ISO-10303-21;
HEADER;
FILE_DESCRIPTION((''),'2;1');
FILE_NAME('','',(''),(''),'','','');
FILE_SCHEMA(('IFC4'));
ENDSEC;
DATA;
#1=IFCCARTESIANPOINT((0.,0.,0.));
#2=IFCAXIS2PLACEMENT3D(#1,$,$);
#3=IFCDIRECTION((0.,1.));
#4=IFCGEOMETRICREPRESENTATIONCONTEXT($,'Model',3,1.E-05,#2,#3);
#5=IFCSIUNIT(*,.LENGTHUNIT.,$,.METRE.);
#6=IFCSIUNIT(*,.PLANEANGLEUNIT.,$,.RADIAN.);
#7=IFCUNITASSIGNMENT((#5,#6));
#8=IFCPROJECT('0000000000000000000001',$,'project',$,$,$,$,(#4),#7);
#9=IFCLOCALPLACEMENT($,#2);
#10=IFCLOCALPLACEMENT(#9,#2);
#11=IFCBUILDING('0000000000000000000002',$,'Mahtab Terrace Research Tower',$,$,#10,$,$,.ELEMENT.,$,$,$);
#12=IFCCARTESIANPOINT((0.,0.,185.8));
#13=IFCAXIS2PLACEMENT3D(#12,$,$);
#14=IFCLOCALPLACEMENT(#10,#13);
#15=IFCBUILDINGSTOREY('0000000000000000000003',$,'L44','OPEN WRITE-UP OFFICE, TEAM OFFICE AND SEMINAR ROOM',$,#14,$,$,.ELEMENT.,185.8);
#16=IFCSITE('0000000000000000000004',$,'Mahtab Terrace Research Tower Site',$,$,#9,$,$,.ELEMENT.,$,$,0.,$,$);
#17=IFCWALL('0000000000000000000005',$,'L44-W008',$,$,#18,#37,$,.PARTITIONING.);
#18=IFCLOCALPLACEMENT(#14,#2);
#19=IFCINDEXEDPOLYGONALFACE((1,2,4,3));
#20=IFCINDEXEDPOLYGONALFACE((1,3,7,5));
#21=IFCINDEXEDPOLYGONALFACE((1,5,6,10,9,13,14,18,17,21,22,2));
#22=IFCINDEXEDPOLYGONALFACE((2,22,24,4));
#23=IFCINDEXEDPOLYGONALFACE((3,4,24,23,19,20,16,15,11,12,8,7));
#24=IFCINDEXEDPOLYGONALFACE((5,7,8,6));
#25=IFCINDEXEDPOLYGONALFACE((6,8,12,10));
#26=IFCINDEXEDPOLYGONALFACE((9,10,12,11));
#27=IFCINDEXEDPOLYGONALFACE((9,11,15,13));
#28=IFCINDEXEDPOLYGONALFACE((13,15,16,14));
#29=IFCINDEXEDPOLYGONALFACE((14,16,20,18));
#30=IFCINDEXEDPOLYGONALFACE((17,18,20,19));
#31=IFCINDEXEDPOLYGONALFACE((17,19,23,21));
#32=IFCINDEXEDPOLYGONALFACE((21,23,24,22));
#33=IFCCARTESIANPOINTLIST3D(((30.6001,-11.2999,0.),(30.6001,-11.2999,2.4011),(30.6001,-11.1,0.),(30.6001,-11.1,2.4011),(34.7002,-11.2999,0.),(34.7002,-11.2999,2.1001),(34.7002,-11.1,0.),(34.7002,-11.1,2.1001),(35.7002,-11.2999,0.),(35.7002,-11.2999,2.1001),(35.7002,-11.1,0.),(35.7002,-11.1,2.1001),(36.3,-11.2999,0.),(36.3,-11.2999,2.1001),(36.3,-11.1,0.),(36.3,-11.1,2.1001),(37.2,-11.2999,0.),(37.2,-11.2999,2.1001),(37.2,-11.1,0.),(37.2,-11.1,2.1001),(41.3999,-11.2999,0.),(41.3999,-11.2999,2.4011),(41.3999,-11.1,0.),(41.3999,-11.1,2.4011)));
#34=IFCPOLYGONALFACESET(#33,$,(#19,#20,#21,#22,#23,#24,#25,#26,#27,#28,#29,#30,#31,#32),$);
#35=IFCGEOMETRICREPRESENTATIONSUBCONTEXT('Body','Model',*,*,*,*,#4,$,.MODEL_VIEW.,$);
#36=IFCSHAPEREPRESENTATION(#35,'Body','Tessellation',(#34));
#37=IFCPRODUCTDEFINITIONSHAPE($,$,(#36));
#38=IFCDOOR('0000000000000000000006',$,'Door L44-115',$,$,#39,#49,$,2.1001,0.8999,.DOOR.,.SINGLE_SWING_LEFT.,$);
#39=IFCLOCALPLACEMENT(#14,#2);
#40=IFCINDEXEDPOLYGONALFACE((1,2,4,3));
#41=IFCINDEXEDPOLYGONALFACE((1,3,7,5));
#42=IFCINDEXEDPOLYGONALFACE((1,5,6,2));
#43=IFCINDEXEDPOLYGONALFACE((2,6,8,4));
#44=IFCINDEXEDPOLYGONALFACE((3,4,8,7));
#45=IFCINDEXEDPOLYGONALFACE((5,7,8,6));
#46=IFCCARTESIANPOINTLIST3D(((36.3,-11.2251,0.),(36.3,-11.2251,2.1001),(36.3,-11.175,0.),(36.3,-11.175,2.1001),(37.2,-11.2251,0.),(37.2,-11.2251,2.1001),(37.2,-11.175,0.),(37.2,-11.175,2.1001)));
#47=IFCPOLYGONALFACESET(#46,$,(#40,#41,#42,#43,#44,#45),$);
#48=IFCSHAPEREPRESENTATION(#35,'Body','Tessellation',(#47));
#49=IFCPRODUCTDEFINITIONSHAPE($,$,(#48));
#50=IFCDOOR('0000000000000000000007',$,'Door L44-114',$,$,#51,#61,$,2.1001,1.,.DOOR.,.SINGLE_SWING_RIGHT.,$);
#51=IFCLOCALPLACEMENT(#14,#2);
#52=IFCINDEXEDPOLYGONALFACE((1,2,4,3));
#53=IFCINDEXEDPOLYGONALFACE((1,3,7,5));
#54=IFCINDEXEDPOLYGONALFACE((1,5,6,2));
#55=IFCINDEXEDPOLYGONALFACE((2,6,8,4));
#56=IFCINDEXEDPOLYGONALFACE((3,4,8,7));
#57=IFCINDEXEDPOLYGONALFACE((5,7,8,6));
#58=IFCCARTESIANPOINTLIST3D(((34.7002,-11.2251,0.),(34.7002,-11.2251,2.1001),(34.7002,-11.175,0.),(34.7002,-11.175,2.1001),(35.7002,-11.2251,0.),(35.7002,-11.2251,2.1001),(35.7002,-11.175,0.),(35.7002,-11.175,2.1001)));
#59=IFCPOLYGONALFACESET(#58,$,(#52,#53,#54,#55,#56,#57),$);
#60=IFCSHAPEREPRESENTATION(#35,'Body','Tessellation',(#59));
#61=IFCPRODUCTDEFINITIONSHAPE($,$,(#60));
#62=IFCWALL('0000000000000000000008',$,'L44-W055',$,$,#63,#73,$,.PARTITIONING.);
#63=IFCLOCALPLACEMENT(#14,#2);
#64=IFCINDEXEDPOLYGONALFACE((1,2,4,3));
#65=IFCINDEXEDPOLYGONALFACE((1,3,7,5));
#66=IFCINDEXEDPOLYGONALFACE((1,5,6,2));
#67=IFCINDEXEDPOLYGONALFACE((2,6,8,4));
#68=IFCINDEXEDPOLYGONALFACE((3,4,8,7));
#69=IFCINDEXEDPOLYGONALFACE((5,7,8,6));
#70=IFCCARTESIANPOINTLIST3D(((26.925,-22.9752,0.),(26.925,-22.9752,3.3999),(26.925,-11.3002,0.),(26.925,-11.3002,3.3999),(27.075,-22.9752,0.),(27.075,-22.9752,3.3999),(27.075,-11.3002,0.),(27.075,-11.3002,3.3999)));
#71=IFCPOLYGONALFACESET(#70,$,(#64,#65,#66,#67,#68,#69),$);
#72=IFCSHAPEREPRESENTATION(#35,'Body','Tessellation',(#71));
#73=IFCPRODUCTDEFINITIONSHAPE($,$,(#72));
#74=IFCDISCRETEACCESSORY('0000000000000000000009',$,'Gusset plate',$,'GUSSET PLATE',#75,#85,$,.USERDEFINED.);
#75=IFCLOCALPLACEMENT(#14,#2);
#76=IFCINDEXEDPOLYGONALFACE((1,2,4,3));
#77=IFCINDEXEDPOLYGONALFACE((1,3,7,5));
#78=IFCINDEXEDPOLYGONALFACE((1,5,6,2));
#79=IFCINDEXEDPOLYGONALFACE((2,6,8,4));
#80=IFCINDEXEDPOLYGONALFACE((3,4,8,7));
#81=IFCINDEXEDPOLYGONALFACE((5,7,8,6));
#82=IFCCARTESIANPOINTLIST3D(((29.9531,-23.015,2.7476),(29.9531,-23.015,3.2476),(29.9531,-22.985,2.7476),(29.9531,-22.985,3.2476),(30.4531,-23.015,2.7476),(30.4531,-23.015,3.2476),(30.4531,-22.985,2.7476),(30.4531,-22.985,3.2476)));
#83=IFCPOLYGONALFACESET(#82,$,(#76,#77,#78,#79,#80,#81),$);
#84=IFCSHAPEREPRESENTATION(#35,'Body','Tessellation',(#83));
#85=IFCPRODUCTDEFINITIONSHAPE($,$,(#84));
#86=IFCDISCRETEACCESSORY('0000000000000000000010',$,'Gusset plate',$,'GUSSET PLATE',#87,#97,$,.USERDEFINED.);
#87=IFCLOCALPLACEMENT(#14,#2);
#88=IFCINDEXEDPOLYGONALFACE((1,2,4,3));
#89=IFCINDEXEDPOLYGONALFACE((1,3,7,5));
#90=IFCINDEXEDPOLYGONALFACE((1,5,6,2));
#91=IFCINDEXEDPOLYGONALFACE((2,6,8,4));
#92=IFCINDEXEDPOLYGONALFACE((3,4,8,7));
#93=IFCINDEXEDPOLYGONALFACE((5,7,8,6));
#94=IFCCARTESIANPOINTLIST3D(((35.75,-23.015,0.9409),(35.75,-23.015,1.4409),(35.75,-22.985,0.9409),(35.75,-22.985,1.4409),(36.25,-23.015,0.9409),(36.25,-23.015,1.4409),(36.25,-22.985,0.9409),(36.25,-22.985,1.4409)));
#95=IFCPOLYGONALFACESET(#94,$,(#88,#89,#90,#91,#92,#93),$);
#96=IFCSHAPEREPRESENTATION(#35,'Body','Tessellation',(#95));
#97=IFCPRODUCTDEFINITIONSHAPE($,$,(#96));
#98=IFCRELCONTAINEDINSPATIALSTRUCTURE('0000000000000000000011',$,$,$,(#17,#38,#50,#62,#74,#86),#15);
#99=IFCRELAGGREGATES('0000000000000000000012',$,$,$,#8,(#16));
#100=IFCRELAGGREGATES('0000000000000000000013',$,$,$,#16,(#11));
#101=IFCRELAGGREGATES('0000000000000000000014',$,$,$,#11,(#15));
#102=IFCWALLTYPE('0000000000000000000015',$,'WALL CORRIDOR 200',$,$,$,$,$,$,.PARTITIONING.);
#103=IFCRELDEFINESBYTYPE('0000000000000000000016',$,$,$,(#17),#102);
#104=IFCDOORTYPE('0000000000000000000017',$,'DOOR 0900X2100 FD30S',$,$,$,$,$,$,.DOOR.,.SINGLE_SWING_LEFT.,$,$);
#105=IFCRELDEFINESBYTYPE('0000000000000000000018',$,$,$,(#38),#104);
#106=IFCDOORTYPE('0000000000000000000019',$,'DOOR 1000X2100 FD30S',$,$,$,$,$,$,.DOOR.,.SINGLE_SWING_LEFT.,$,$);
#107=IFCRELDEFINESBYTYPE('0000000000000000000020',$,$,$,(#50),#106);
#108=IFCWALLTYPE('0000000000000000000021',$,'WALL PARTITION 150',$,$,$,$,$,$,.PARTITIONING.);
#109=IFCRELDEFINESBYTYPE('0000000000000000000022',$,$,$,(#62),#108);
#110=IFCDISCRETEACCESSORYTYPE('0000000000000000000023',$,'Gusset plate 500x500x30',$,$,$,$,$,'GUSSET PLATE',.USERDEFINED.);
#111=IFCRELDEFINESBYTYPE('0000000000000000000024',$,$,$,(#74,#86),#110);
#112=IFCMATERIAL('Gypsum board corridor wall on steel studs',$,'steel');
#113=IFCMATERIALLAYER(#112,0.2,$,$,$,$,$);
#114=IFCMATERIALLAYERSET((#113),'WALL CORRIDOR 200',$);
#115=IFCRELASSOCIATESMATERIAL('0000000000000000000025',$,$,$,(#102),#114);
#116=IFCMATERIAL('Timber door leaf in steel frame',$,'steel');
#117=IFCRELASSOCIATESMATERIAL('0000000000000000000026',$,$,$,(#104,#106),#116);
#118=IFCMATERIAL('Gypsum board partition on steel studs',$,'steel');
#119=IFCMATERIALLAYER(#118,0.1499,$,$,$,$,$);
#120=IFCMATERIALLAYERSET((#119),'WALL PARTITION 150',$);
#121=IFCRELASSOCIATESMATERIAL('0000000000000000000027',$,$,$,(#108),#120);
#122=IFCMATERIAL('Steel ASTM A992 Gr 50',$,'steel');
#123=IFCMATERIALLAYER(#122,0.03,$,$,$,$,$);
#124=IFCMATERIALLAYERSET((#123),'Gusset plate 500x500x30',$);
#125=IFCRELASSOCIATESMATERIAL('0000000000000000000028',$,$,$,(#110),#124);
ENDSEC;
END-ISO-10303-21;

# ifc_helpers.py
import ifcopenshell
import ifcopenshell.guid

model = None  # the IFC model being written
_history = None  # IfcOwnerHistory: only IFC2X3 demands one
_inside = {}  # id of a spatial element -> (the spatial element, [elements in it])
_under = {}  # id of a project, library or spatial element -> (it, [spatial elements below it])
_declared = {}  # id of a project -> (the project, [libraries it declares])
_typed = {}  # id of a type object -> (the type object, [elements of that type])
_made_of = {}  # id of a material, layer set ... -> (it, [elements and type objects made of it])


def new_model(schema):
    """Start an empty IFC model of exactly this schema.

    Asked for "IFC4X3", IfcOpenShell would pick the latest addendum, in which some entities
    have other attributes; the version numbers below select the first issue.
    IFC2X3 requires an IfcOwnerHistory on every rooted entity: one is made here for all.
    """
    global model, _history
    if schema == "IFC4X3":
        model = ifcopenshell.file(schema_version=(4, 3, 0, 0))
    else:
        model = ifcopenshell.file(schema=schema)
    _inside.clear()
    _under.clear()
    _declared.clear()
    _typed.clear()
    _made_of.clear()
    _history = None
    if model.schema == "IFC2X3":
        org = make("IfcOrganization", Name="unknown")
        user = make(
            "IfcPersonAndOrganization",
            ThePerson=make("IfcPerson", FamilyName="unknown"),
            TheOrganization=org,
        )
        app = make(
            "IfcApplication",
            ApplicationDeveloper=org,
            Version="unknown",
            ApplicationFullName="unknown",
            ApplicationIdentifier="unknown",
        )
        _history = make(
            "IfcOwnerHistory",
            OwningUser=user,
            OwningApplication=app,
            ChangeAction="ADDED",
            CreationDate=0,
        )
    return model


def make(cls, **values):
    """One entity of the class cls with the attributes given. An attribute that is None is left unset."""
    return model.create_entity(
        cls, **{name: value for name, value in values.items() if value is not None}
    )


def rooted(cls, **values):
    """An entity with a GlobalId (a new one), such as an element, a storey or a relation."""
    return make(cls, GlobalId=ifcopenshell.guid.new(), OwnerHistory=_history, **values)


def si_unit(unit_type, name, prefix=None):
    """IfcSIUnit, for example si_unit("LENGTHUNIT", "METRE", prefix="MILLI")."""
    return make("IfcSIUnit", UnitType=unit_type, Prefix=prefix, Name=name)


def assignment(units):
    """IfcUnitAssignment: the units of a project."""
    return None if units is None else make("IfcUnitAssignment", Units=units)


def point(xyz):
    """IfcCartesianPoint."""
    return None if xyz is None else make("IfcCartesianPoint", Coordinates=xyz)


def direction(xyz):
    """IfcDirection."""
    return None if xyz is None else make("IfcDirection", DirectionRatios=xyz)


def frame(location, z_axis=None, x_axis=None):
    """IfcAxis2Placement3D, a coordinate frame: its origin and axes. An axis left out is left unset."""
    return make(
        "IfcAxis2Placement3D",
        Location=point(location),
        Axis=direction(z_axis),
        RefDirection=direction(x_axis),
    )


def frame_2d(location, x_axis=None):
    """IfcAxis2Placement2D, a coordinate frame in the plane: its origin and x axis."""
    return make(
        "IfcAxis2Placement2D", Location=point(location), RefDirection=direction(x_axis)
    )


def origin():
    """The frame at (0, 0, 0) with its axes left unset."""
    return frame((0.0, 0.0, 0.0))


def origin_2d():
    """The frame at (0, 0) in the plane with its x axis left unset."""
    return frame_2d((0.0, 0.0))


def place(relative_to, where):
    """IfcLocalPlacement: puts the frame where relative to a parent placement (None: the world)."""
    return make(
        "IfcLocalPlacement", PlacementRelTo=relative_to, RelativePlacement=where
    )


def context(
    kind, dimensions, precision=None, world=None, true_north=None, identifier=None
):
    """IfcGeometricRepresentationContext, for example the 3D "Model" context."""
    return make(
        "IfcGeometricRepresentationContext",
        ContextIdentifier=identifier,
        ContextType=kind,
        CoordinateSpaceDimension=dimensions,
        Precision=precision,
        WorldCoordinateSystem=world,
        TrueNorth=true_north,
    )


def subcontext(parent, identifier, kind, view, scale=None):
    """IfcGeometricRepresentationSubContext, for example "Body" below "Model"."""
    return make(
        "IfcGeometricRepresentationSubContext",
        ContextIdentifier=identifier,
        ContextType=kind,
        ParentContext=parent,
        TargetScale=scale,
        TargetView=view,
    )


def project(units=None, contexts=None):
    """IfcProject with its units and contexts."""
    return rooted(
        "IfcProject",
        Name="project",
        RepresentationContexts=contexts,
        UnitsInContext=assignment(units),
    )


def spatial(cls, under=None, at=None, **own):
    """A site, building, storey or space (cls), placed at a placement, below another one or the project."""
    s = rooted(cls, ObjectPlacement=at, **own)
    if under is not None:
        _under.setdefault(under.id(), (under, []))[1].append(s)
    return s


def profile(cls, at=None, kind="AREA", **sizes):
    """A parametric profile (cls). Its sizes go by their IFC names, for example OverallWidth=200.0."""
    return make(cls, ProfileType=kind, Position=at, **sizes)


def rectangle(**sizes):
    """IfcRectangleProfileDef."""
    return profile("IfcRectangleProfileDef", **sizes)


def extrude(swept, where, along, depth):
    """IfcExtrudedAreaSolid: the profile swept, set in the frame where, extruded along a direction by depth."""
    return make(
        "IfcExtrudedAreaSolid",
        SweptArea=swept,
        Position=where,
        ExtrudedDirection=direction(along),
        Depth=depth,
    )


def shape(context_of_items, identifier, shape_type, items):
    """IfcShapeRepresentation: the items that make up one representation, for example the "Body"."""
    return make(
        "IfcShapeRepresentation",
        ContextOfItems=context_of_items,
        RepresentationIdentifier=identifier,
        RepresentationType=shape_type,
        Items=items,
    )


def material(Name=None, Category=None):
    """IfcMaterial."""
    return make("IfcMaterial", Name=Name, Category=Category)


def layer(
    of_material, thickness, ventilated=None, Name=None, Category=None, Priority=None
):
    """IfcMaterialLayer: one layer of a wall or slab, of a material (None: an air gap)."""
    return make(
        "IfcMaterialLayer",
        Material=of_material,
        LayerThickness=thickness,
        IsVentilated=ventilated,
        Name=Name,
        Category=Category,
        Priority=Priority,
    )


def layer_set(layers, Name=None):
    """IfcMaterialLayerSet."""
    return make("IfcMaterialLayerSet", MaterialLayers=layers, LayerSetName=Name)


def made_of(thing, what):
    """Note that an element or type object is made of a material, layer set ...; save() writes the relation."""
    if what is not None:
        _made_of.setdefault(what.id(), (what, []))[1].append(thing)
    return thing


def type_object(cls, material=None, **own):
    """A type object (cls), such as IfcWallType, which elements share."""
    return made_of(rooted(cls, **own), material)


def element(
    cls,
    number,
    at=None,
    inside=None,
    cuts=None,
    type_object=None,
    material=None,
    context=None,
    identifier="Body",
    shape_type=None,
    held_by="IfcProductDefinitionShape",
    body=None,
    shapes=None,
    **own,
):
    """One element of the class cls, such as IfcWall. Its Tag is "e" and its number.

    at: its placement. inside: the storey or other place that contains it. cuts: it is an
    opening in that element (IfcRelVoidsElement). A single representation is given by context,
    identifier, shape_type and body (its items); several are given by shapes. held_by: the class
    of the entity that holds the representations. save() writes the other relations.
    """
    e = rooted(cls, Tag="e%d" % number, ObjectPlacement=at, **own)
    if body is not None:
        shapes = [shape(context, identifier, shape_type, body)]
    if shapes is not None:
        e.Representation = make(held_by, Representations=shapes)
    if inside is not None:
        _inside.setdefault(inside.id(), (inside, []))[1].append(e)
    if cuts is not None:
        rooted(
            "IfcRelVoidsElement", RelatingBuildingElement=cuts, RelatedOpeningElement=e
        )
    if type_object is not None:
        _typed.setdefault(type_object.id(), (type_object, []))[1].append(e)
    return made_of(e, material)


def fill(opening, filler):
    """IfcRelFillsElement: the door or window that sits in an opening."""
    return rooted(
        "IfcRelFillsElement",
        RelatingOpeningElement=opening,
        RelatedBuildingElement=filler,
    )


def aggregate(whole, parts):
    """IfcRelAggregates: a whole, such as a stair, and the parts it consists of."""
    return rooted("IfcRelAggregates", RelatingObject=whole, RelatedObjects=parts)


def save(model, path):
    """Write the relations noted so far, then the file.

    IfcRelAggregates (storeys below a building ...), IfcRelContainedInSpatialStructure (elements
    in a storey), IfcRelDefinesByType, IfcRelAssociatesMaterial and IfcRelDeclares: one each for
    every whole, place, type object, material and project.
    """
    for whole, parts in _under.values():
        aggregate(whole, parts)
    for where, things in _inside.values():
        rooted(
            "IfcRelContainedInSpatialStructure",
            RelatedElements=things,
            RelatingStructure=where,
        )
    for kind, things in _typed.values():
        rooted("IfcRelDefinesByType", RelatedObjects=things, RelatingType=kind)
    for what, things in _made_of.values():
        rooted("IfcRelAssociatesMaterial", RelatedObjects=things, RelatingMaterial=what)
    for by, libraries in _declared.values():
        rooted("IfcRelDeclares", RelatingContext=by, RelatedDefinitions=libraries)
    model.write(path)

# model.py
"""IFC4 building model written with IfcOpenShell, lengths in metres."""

from ifc_helpers import new_model, si_unit, direction, frame, frame_2d, origin, origin_2d, place, context, subcontext, project, spatial, rectangle, extrude, material, layer, layer_set, type_object, element, fill, save


model = new_model("IFC4")

# Units and contexts
model_context = context("Model", 3, precision=1e-05, world=origin(), true_north=direction((0.0, 1.0)))
body_context = subcontext(model_context, "Body", "Model", "MODEL_VIEW")
ifc_project = project(units=[si_unit("LENGTHUNIT", "METRE"), si_unit("PLANEANGLEUNIT", "RADIAN")], contexts=[model_context])

# Site, building, storey
site_placement = place(None, origin())
site = spatial("IfcSite", under=ifc_project, at=site_placement, Name="Mahtab Terrace Research Tower Site", CompositionType="ELEMENT", RefElevation=0.0)
building_placement = place(site_placement, origin())
building = spatial("IfcBuilding", under=site, at=building_placement, Name="Mahtab Terrace Research Tower", CompositionType="ELEMENT")
storey_placement = place(building_placement, frame((0.0, 0.0, 185.8)))
storey = spatial("IfcBuildingStorey", under=building, at=storey_placement, Name="L44", Description="OPEN WRITE-UP OFFICE, TEAM OFFICE AND SEMINAR ROOM", CompositionType="ELEMENT", Elevation=185.8)

# Shared definitions
ifc_material_1 = material(Name="Steel ASTM A992 Gr 50", Category="steel")

# Wall, openings, doors
ifc_material_2 = material(Name="Gypsum board corridor wall on steel studs", Category="steel")
ifc_layer_1 = layer(ifc_material_2, 0.2)
ifc_layer_set_1 = layer_set([ifc_layer_1], Name="WALL CORRIDOR 200")
wall_type_1 = type_object("IfcWallType", Name="WALL CORRIDOR 200", PredefinedType="PARTITIONING", material=ifc_layer_set_1)
wall_1_placement = place(storey_placement, frame((30.6001, -11.2, 0.0), z_axis=(0.0, 0.0, 1.0), x_axis=(1.0, 0.0, 0.0)))
wall_1 = element("IfcWall", 1, at=wall_1_placement, inside=storey, type_object=wall_type_1, Name="L44-W008", PredefinedType="PARTITIONING", context=body_context, shape_type="SweptSolid", body=[
    extrude(rectangle(XDim=10.7998, YDim=0.2, at=frame_2d((5.3999, 0.0))), origin(), (0.0, 0.0, 1.0), 2.4011),
])
opening_1_placement = place(wall_1_placement, frame((4.1001, 0.0, 0.0)))
opening_1 = element("IfcOpeningElement", 2, at=opening_1_placement, cuts=wall_1, PredefinedType="OPENING", context=body_context, shape_type="SweptSolid", body=[
    extrude(rectangle(XDim=1.0, YDim=2.1001, at=frame_2d((0.5, 1.05))), frame((0.0, 0.1099, 0.0), z_axis=(0.0, -1.0, 0.0), x_axis=(1.0, 0.0, 0.0)), (0.0, 0.0, 1.0), 0.22),
])
opening_2_placement = place(wall_1_placement, frame((5.7, 0.0, 0.0)))
opening_2 = element("IfcOpeningElement", 3, at=opening_2_placement, cuts=wall_1, PredefinedType="OPENING", context=body_context, shape_type="SweptSolid", body=[
    extrude(rectangle(XDim=0.8999, YDim=2.1001, at=frame_2d((0.45, 1.05))), frame((0.0, 0.1099, 0.0), z_axis=(0.0, -1.0, 0.0), x_axis=(1.0, 0.0, 0.0)), (0.0, 0.0, 1.0), 0.22),
])
ifc_material_3 = material(Name="Timber door leaf in steel frame", Category="steel")
door_type_1 = type_object("IfcDoorType", Name="DOOR 0900X2100 FD30S", OperationType="SINGLE_SWING_LEFT", PredefinedType="DOOR", material=ifc_material_3)
door_1_placement = place(opening_2_placement, origin())
door_1 = element("IfcDoor", 4, at=door_1_placement, inside=storey, type_object=door_type_1, Name="Door L44-115", OperationType="SINGLE_SWING_LEFT", OverallHeight=2.1001, OverallWidth=0.8999, PredefinedType="DOOR", context=body_context, shape_type="SweptSolid", body=[
    extrude(rectangle(XDim=0.8999, YDim=2.1001, at=frame_2d((0.45, 1.05))), frame((0.0, 0.0249, 0.0), z_axis=(0.0, -1.0, 0.0), x_axis=(1.0, 0.0, 0.0)), (0.0, 0.0, 1.0), 0.05),
])
fill(opening_2, door_1)
door_type_2 = type_object("IfcDoorType", Name="DOOR 1000X2100 FD30S", OperationType="SINGLE_SWING_LEFT", PredefinedType="DOOR", material=ifc_material_3)
door_2_placement = place(opening_1_placement, origin())
door_2 = element("IfcDoor", 5, at=door_2_placement, inside=storey, type_object=door_type_2, Name="Door L44-114", OperationType="SINGLE_SWING_RIGHT", OverallHeight=2.1001, OverallWidth=1.0, PredefinedType="DOOR", context=body_context, shape_type="SweptSolid", body=[
    extrude(rectangle(XDim=1.0, YDim=2.1001, at=frame_2d((0.5, 1.05))), frame((0.0, 0.0249, 0.0), z_axis=(0.0, -1.0, 0.0), x_axis=(1.0, 0.0, 0.0)), (0.0, 0.0, 1.0), 0.05),
])
fill(opening_1, door_2)

# Wall
ifc_material_4 = material(Name="Gypsum board partition on steel studs", Category="steel")
ifc_layer_2 = layer(ifc_material_4, 0.1499)
ifc_layer_set_2 = layer_set([ifc_layer_2], Name="WALL PARTITION 150")
wall_type_2 = type_object("IfcWallType", Name="WALL PARTITION 150", PredefinedType="PARTITIONING", material=ifc_layer_set_2)
wall_2_placement = place(storey_placement, frame((27.0, -22.9751, 0.0), z_axis=(0.0, 0.0, 1.0), x_axis=(0.0, 1.0, 0.0)))
element("IfcWall", 6, at=wall_2_placement, inside=storey, type_object=wall_type_2, Name="L44-W055", PredefinedType="PARTITIONING", context=body_context, shape_type="SweptSolid", body=[
    extrude(rectangle(XDim=11.675, YDim=0.1499, at=frame_2d((5.8374, 0.0))), origin(), (0.0, 0.0, 1.0), 3.3999),
])

# Discrete accessories
ifc_layer_3 = layer(ifc_material_1, 0.03)
ifc_layer_set_3 = layer_set([ifc_layer_3], Name="Gusset plate 500x500x30")
discrete_accessory_type = type_object("IfcDiscreteAccessoryType", Name="Gusset plate 500x500x30", ElementType="GUSSET PLATE", PredefinedType="USERDEFINED", material=ifc_layer_set_3)
for number, where, z_axis, x_axis, name in (
    (7, (30.2031, -23.0, 2.7476), (0.0, 0.0, 1.0), (1.0, 0.0, 0.0), "Gusset plate"),
    (8, (36.0, -23.0, 0.9409), (0.0, 0.0, 1.0), (1.0, 0.0, 0.0), "Gusset plate"),
):
    element("IfcDiscreteAccessory", number, at=place(storey_placement, frame(where, z_axis=z_axis, x_axis=x_axis)), inside=storey, type_object=discrete_accessory_type, Name=name, ObjectType="GUSSET PLATE", PredefinedType="USERDEFINED", context=body_context, shape_type="SweptSolid", body=[
        extrude(rectangle(XDim=0.5, YDim=0.03, at=origin_2d()), origin(), (0.0, 0.0, 1.0), 0.5),
    ])

save(model, "model.ifc")
